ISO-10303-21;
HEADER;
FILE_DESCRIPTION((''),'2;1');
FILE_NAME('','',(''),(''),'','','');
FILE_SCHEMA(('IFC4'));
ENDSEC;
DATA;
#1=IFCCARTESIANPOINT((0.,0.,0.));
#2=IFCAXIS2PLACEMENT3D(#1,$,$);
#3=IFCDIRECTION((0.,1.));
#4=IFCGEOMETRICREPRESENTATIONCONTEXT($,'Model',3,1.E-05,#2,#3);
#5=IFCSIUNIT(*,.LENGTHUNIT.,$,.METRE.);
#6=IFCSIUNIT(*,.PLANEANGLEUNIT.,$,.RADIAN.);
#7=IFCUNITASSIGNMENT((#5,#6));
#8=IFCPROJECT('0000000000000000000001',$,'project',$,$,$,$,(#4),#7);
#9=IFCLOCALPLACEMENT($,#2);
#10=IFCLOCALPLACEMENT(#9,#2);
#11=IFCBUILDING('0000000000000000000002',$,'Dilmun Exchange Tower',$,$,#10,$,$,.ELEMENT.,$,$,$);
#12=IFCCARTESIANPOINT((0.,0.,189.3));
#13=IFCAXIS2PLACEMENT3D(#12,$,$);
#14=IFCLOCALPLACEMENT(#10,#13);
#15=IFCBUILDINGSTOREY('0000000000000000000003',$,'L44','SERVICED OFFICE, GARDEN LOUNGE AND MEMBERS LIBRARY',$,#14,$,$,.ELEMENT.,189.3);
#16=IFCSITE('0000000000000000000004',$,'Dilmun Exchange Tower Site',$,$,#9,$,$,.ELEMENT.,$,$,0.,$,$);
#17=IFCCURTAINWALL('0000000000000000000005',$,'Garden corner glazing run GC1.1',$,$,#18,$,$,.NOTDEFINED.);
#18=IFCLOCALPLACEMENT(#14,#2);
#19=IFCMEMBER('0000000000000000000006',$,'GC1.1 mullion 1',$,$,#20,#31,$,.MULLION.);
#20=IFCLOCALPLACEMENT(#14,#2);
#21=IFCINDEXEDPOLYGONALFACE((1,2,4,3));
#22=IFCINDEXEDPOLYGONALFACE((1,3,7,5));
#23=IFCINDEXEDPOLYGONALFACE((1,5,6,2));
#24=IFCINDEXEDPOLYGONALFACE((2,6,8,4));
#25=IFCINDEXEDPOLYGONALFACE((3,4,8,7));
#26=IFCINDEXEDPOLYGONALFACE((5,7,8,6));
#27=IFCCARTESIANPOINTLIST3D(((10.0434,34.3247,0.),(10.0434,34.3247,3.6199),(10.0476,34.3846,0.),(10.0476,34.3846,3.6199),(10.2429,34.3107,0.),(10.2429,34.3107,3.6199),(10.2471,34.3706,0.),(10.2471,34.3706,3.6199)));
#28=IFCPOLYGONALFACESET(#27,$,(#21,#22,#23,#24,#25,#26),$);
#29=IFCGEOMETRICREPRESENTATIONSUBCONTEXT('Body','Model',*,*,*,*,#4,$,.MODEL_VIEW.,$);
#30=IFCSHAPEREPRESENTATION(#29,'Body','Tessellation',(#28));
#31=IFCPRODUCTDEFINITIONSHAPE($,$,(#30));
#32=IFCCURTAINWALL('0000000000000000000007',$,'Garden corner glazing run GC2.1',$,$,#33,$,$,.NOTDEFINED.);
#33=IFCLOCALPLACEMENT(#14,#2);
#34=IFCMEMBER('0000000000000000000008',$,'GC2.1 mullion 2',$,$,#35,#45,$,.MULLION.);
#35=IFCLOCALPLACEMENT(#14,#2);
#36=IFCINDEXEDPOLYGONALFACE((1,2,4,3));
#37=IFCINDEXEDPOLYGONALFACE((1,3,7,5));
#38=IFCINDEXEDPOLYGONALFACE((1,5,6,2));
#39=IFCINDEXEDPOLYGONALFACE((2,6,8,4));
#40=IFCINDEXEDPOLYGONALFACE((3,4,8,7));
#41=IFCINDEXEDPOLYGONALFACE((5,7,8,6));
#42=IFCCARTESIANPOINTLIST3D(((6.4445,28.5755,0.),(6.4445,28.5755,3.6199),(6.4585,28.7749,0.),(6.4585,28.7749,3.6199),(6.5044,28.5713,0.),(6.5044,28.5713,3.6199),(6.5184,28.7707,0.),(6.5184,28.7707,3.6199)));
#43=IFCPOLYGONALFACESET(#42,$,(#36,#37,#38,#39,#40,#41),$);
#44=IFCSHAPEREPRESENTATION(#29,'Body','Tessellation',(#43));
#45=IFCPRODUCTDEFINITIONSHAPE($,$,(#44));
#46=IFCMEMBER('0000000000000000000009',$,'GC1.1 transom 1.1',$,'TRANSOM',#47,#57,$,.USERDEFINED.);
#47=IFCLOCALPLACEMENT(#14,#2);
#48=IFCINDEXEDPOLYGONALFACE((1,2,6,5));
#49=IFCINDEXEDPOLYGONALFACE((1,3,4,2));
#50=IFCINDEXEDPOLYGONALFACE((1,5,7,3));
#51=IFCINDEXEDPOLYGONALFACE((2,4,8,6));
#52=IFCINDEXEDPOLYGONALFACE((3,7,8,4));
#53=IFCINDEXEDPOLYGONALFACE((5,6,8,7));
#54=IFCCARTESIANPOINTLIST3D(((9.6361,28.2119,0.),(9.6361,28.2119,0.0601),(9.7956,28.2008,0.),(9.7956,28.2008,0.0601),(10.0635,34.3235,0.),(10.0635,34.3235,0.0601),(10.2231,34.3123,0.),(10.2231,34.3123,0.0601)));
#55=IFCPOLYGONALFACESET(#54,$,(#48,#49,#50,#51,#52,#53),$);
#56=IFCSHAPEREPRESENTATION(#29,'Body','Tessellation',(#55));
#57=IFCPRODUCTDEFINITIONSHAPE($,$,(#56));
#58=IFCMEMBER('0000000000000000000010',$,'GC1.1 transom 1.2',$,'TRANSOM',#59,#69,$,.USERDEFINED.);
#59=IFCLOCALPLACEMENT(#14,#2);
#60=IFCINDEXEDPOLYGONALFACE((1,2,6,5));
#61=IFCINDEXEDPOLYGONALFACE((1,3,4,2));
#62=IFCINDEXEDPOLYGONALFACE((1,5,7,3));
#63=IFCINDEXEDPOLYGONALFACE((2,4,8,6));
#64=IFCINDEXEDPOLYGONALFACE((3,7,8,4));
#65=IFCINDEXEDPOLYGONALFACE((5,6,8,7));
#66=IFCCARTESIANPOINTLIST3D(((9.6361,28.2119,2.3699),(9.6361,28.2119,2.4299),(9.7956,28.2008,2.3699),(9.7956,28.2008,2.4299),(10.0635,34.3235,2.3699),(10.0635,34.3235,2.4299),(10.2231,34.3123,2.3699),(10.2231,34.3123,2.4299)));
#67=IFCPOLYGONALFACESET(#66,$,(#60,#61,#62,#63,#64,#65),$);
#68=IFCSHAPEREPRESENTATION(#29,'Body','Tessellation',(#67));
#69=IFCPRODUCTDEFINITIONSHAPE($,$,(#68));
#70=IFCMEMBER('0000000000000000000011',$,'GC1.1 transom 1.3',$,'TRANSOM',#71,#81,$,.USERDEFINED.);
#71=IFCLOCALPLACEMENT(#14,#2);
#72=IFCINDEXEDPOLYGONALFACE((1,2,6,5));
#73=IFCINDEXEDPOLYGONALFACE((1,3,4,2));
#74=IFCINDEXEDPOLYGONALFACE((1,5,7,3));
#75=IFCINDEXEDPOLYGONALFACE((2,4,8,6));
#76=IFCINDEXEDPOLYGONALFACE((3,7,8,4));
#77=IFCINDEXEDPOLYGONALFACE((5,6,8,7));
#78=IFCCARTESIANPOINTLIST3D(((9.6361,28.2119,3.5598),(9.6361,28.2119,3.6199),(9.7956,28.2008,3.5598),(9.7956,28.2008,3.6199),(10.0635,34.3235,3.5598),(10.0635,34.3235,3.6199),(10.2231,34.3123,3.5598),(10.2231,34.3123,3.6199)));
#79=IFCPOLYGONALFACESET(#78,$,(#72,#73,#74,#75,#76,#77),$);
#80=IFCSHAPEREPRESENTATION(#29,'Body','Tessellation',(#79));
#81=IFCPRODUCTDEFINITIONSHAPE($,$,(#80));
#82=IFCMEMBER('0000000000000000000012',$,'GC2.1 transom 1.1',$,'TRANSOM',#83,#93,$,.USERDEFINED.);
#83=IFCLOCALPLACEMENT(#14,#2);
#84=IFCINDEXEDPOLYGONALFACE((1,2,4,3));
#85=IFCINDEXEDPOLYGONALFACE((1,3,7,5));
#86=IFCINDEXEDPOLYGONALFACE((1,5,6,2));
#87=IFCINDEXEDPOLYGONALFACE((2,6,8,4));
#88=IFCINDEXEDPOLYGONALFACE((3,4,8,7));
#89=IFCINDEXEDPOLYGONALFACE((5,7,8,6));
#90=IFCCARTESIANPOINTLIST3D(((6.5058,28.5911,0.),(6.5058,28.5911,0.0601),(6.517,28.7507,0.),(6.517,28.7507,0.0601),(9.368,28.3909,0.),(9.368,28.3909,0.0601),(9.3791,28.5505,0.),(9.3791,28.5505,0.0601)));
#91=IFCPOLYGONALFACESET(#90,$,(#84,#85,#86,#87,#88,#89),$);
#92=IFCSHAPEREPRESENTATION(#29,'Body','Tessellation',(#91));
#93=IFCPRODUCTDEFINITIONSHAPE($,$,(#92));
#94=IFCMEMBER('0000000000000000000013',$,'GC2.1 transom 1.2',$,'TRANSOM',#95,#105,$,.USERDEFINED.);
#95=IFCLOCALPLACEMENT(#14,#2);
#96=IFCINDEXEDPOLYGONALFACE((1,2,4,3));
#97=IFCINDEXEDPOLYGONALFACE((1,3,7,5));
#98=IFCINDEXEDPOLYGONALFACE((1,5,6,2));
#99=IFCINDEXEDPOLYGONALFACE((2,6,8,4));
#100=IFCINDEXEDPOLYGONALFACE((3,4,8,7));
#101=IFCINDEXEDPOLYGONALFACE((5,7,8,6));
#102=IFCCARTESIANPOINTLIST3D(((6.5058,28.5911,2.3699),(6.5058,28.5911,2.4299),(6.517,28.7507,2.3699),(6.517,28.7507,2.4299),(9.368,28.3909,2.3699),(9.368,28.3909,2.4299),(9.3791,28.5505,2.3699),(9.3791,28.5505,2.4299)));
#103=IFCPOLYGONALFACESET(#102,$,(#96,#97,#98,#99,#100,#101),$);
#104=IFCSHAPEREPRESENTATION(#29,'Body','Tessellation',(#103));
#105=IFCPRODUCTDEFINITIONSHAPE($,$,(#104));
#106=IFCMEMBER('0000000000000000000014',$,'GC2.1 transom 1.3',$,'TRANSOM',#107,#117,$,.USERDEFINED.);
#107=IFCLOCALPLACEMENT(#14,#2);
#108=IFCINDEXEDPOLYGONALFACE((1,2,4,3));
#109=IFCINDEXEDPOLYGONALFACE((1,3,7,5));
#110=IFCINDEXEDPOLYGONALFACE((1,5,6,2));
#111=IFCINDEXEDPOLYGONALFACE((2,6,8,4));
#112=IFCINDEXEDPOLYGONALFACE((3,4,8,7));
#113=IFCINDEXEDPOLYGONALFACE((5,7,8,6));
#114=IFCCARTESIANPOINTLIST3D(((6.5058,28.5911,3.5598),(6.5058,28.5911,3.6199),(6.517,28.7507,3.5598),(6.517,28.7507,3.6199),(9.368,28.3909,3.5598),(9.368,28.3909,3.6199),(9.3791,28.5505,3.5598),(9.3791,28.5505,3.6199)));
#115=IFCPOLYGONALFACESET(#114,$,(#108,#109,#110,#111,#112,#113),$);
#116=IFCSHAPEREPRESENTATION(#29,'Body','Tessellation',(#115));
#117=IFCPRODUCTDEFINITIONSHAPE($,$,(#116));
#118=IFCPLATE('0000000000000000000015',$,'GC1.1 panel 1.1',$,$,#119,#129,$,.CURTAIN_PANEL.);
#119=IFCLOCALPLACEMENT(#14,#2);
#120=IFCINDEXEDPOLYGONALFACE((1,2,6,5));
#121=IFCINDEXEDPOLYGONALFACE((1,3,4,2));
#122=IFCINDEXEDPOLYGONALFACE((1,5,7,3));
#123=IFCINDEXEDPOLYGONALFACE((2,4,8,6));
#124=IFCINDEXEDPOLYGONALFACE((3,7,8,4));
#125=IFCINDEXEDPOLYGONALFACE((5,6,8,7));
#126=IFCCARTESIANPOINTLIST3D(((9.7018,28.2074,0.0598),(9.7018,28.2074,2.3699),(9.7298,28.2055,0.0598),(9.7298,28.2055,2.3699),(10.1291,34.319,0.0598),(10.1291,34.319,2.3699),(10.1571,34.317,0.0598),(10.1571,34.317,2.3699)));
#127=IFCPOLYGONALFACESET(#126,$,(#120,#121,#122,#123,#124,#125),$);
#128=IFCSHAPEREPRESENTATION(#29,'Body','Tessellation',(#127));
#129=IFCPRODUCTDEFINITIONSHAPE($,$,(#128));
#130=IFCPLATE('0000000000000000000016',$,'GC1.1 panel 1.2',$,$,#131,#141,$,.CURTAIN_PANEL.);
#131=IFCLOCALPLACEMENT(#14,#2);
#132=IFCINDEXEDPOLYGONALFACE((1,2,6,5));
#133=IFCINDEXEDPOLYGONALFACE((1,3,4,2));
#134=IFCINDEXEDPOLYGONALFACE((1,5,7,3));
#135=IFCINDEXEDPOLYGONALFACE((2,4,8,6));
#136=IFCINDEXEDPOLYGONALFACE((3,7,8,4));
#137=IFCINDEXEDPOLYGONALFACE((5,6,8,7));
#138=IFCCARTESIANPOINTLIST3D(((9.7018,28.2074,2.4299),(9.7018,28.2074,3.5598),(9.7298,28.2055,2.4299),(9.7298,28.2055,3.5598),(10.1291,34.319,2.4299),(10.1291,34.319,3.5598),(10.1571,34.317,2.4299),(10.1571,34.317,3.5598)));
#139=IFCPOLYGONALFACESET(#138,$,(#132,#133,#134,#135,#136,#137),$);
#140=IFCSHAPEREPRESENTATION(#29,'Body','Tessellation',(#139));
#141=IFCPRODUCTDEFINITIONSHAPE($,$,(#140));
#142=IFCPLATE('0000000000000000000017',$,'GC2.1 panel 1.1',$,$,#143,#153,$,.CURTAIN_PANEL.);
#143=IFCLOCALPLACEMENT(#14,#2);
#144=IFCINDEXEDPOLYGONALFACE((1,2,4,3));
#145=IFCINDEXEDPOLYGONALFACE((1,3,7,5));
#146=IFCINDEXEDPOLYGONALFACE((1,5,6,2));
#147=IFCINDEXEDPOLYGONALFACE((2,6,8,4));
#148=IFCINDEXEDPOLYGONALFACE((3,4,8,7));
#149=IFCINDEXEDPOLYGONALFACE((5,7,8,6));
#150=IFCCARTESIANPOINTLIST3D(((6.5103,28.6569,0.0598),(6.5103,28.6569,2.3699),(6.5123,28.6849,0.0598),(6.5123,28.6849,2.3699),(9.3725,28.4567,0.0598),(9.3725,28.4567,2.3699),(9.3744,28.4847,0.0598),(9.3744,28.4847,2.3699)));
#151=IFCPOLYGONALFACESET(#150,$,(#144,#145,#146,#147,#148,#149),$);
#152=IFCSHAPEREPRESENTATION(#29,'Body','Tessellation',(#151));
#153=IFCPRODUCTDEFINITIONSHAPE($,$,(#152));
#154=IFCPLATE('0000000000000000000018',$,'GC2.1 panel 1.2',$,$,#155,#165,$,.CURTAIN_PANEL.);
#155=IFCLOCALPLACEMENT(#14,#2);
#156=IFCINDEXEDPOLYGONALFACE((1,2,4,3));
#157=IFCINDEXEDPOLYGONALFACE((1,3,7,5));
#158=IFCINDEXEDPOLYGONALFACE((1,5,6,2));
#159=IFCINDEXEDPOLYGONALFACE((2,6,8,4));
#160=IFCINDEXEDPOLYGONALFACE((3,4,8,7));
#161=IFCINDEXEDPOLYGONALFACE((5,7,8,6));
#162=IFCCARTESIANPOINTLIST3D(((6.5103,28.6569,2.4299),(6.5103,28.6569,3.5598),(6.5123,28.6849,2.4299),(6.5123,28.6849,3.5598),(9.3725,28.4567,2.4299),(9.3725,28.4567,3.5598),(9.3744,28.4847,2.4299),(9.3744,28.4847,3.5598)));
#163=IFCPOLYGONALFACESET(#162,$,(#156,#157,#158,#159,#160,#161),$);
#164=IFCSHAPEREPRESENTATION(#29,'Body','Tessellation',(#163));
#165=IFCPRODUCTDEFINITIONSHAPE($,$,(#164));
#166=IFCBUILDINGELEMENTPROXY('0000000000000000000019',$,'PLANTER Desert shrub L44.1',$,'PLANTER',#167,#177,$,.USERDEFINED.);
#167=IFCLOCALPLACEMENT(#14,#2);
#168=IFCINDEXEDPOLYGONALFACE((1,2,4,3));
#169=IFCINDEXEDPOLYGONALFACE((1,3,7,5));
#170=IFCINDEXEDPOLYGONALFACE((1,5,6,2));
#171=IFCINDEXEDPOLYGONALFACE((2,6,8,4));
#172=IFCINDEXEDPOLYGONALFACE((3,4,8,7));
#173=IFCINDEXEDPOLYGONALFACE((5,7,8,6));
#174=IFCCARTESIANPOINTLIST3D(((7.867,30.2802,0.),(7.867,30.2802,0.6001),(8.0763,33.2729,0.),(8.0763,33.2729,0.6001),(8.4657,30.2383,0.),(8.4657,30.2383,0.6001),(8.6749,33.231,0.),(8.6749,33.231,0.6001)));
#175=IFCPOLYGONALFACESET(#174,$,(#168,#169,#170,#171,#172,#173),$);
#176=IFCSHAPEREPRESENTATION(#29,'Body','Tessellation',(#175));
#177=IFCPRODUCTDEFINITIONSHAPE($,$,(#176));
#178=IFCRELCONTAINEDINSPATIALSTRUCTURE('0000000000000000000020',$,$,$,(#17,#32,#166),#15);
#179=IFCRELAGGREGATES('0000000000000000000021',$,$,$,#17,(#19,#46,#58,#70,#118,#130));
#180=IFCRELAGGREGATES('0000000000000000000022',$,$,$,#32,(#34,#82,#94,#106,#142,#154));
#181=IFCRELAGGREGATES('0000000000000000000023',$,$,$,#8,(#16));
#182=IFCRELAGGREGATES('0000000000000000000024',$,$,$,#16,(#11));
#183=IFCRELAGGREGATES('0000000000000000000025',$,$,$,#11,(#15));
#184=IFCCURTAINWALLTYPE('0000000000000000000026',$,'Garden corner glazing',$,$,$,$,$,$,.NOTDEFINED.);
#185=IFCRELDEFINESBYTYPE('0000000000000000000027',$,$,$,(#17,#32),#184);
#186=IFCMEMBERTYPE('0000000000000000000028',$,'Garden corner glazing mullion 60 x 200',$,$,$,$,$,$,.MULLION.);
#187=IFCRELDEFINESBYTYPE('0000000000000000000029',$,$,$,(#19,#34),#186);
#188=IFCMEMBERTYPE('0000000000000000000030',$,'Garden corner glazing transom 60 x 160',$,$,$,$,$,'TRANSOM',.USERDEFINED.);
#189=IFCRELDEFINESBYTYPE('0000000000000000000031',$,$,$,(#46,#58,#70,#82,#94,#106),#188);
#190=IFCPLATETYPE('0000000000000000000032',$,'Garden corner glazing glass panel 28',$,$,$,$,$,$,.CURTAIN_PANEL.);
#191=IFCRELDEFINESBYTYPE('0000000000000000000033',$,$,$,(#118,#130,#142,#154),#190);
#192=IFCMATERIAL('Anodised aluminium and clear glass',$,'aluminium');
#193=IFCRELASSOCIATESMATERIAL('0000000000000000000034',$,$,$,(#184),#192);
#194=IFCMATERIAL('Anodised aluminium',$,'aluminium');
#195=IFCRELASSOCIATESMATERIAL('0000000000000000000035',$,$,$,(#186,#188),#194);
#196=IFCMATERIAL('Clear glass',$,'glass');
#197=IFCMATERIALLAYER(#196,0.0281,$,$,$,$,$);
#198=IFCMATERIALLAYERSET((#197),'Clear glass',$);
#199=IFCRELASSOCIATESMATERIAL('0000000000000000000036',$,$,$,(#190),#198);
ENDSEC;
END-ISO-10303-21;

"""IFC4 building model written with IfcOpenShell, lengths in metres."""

from ifc_helpers import new_model, si_unit, direction, frame, origin, origin_2d, place, context, subcontext, project, spatial, rectangle, extrude, material, layer, layer_set, material_profile, profile_set, type_object, element, aggregate, save


model = new_model("IFC4")

# Units and contexts
model_context = context("Model", 3, precision=1e-05, world=origin(), true_north=direction((0.0, 1.0)))
body_context = subcontext(model_context, "Body", "Model", "MODEL_VIEW")
ifc_project = project(units=[si_unit("LENGTHUNIT", "METRE"), si_unit("PLANEANGLEUNIT", "RADIAN")], contexts=[model_context])

# Site, building, storey
site_placement = place(None, origin())
site = spatial("IfcSite", under=ifc_project, at=site_placement, Name="Dilmun Exchange Tower Site", CompositionType="ELEMENT", RefElevation=0.0)
building_placement = place(site_placement, origin())
building = spatial("IfcBuilding", under=site, at=building_placement, Name="Dilmun Exchange Tower", CompositionType="ELEMENT")
storey_placement = place(building_placement, frame((0.0, 0.0, 189.3)))
storey = spatial("IfcBuildingStorey", under=building, at=storey_placement, Name="L44", Description="SERVICED OFFICE, GARDEN LOUNGE AND MEMBERS LIBRARY", CompositionType="ELEMENT", Elevation=189.3)

# Curtain walls, members
ifc_material_1 = material(Name="Anodised aluminium and clear glass", Category="aluminium")
curtain_wall_type = type_object("IfcCurtainWallType", Name="Garden corner glazing", PredefinedType="NOTDEFINED", material=ifc_material_1)
curtain_wall_1_placement = place(storey_placement, origin())
curtain_wall_1 = element("IfcCurtainWall", 1, at=curtain_wall_1_placement, inside=storey, type_object=curtain_wall_type, Name="Garden corner glazing run GC1.1", PredefinedType="NOTDEFINED")
ifc_material_2 = material(Name="Anodised aluminium", Category="aluminium")
ifc_material_profile_1 = material_profile(ifc_material_2, rectangle(XDim=0.2, YDim=0.0601, at=origin_2d()), Name="AL 60x200")
ifc_profile_set_1 = profile_set([ifc_material_profile_1], Name="Anodised aluminium")
member_type_1 = type_object("IfcMemberType", Name="Garden corner glazing mullion 60 x 200", PredefinedType="MULLION", material=ifc_profile_set_1)
member_1_placement = place(storey_placement, frame((10.1453, 34.3477, 0.0), z_axis=(0.0, 0.0, 1.0), x_axis=(0.997564, -0.069752, 0.0)))
member_1 = element("IfcMember", 2, at=member_1_placement, type_object=member_type_1, Name="GC1.1 mullion 1", PredefinedType="MULLION", context=body_context, shape_type="SweptSolid", body=[
    extrude(rectangle(XDim=0.2, YDim=0.0601, at=origin_2d()), origin(), (0.0, 0.0, 1.0), 3.6199),
])
curtain_wall_2_placement = place(storey_placement, origin())
curtain_wall_2 = element("IfcCurtainWall", 3, at=curtain_wall_2_placement, inside=storey, type_object=curtain_wall_type, Name="Garden corner glazing run GC2.1", PredefinedType="NOTDEFINED")
member_2_placement = place(storey_placement, frame((6.4814, 28.6731, 0.0), z_axis=(0.0, 0.0, 1.0), x_axis=(-0.069787, -0.997562, 0.0)))
member_2 = element("IfcMember", 4, at=member_2_placement, type_object=member_type_1, Name="GC2.1 mullion 2", PredefinedType="MULLION", context=body_context, shape_type="SweptSolid", body=[
    extrude(rectangle(XDim=0.2, YDim=0.0601, at=origin_2d()), origin(), (0.0, 0.0, 1.0), 3.6199),
])

# Members
ifc_material_profile_2 = material_profile(ifc_material_2, rectangle(XDim=0.1599, YDim=0.0601, at=origin_2d()), Name="AL 60x160")
ifc_profile_set_2 = profile_set([ifc_material_profile_2], Name="Anodised aluminium")
member_type_2 = type_object("IfcMemberType", Name="Garden corner glazing transom 60 x 160", ElementType="TRANSOM", PredefinedType="USERDEFINED", material=ifc_profile_set_2)
member_3_placement = place(storey_placement, frame((10.1433, 34.3179, 0.03), z_axis=(-0.069777, -0.997563, 0.0), x_axis=(0.997563, -0.069777, 0.0)))
member_3 = element("IfcMember", 5, at=member_3_placement, type_object=member_type_2, Name="GC1.1 transom 1.1", ObjectType="TRANSOM", PredefinedType="USERDEFINED", context=body_context, shape_type="SweptSolid", body=[
    extrude(rectangle(XDim=0.1599, YDim=0.0601, at=origin_2d()), origin(), (0.0, 0.0, 1.0), 6.1265),
])
member_4_placement = place(storey_placement, frame((10.1433, 34.3179, 2.3999), z_axis=(-0.069777, -0.997563, 0.0), x_axis=(0.997563, -0.069777, 0.0)))
member_4 = element("IfcMember", 6, at=member_4_placement, type_object=member_type_2, Name="GC1.1 transom 1.2", ObjectType="TRANSOM", PredefinedType="USERDEFINED", context=body_context, shape_type="SweptSolid", body=[
    extrude(rectangle(XDim=0.1599, YDim=0.0601, at=origin_2d()), origin(), (0.0, 0.0, 1.0), 6.1265),
])
member_5_placement = place(storey_placement, frame((10.1433, 34.3179, 3.5898), z_axis=(-0.069777, -0.997563, 0.0), x_axis=(0.997563, -0.069777, 0.0)))
member_5 = element("IfcMember", 7, at=member_5_placement, type_object=member_type_2, Name="GC1.1 transom 1.3", ObjectType="TRANSOM", PredefinedType="USERDEFINED", context=body_context, shape_type="SweptSolid", body=[
    extrude(rectangle(XDim=0.1599, YDim=0.0601, at=origin_2d()), origin(), (0.0, 0.0, 1.0), 6.1265),
])
member_6_placement = place(storey_placement, frame((9.3735, 28.4707, 0.03), z_axis=(-0.997563, 0.069777, 0.0), x_axis=(-0.069777, -0.997563, 0.0)))
member_6 = element("IfcMember", 8, at=member_6_placement, type_object=member_type_2, Name="GC2.1 transom 1.1", ObjectType="TRANSOM", PredefinedType="USERDEFINED", context=body_context, shape_type="SweptSolid", body=[
    extrude(rectangle(XDim=0.1599, YDim=0.0601, at=origin_2d()), origin(), (0.0, 0.0, 1.0), 2.8691),
])
member_7_placement = place(storey_placement, frame((9.3735, 28.4707, 2.3999), z_axis=(-0.997563, 0.069777, 0.0), x_axis=(-0.069777, -0.997563, 0.0)))
member_7 = element("IfcMember", 9, at=member_7_placement, type_object=member_type_2, Name="GC2.1 transom 1.2", ObjectType="TRANSOM", PredefinedType="USERDEFINED", context=body_context, shape_type="SweptSolid", body=[
    extrude(rectangle(XDim=0.1599, YDim=0.0601, at=origin_2d()), origin(), (0.0, 0.0, 1.0), 2.8691),
])
member_8_placement = place(storey_placement, frame((9.3735, 28.4707, 3.5898), z_axis=(-0.997563, 0.069777, 0.0), x_axis=(-0.069777, -0.997563, 0.0)))
member_8 = element("IfcMember", 10, at=member_8_placement, type_object=member_type_2, Name="GC2.1 transom 1.3", ObjectType="TRANSOM", PredefinedType="USERDEFINED", context=body_context, shape_type="SweptSolid", body=[
    extrude(rectangle(XDim=0.1599, YDim=0.0601, at=origin_2d()), origin(), (0.0, 0.0, 1.0), 2.8691),
])

# Plates
ifc_material_3 = material(Name="Clear glass", Category="glass")
ifc_layer_1 = layer(ifc_material_3, 0.0281)
ifc_layer_set_1 = layer_set([ifc_layer_1], Name="Clear glass")
plate_type = type_object("IfcPlateType", Name="Garden corner glazing glass panel 28", PredefinedType="CURTAIN_PANEL", material=ifc_layer_set_1)
plate_1_placement = place(storey_placement, frame((9.9294, 31.2622, 0.0598), z_axis=(0.0, 0.0, 1.0), x_axis=(-0.069752, -0.997564, 0.0)))
plate_1 = element("IfcPlate", 11, at=plate_1_placement, type_object=plate_type, Name="GC1.1 panel 1.1", PredefinedType="CURTAIN_PANEL", context=body_context, shape_type="SweptSolid", body=[
    extrude(rectangle(XDim=6.1265, YDim=0.0281, at=origin_2d()), origin(), (0.0, 0.0, 1.0), 2.3101),
])
plate_2_placement = place(storey_placement, frame((9.9294, 31.2622, 2.4299), z_axis=(0.0, 0.0, 1.0), x_axis=(-0.069752, -0.997564, 0.0)))
plate_2 = element("IfcPlate", 12, at=plate_2_placement, type_object=plate_type, Name="GC1.1 panel 1.2", PredefinedType="CURTAIN_PANEL", context=body_context, shape_type="SweptSolid", body=[
    extrude(rectangle(XDim=6.1265, YDim=0.0281, at=origin_2d()), origin(), (0.0, 0.0, 1.0), 1.1299),
])
aggregate(curtain_wall_1, [member_1, member_3, member_4, member_5, plate_1, plate_2])
plate_3_placement = place(storey_placement, frame((7.9424, 28.5708, 0.0598), z_axis=(0.0, 0.0, 1.0), x_axis=(-0.997562, 0.069787, 0.0)))
plate_3 = element("IfcPlate", 13, at=plate_3_placement, type_object=plate_type, Name="GC2.1 panel 1.1", PredefinedType="CURTAIN_PANEL", context=body_context, shape_type="SweptSolid", body=[
    extrude(rectangle(XDim=2.8691, YDim=0.0281, at=origin_2d()), origin(), (0.0, 0.0, 1.0), 2.3101),
])
plate_4_placement = place(storey_placement, frame((7.9424, 28.5708, 2.4299), z_axis=(0.0, 0.0, 1.0), x_axis=(-0.997562, 0.069787, 0.0)))
plate_4 = element("IfcPlate", 14, at=plate_4_placement, type_object=plate_type, Name="GC2.1 panel 1.2", PredefinedType="CURTAIN_PANEL", context=body_context, shape_type="SweptSolid", body=[
    extrude(rectangle(XDim=2.8691, YDim=0.0281, at=origin_2d()), origin(), (0.0, 0.0, 1.0), 1.1299),
])
aggregate(curtain_wall_2, [member_2, member_6, member_7, member_8, plate_3, plate_4])

# Building element proxy
proxy_placement = place(storey_placement, frame((8.271, 31.7556, 0.0), z_axis=(0.0, 0.0, 1.0), x_axis=(0.069756, 0.997564, 0.0)))
element("IfcBuildingElementProxy", 15, at=proxy_placement, inside=storey, Name="PLANTER Desert shrub L44.1", ObjectType="PLANTER", PredefinedType="USERDEFINED", context=body_context, shape_type="SweptSolid", body=[
    extrude(rectangle(XDim=3.0, YDim=0.6001, at=origin_2d()), origin(), (0.0, 0.0, 1.0), 0.6001),
])

save(model, "model.ifc")
